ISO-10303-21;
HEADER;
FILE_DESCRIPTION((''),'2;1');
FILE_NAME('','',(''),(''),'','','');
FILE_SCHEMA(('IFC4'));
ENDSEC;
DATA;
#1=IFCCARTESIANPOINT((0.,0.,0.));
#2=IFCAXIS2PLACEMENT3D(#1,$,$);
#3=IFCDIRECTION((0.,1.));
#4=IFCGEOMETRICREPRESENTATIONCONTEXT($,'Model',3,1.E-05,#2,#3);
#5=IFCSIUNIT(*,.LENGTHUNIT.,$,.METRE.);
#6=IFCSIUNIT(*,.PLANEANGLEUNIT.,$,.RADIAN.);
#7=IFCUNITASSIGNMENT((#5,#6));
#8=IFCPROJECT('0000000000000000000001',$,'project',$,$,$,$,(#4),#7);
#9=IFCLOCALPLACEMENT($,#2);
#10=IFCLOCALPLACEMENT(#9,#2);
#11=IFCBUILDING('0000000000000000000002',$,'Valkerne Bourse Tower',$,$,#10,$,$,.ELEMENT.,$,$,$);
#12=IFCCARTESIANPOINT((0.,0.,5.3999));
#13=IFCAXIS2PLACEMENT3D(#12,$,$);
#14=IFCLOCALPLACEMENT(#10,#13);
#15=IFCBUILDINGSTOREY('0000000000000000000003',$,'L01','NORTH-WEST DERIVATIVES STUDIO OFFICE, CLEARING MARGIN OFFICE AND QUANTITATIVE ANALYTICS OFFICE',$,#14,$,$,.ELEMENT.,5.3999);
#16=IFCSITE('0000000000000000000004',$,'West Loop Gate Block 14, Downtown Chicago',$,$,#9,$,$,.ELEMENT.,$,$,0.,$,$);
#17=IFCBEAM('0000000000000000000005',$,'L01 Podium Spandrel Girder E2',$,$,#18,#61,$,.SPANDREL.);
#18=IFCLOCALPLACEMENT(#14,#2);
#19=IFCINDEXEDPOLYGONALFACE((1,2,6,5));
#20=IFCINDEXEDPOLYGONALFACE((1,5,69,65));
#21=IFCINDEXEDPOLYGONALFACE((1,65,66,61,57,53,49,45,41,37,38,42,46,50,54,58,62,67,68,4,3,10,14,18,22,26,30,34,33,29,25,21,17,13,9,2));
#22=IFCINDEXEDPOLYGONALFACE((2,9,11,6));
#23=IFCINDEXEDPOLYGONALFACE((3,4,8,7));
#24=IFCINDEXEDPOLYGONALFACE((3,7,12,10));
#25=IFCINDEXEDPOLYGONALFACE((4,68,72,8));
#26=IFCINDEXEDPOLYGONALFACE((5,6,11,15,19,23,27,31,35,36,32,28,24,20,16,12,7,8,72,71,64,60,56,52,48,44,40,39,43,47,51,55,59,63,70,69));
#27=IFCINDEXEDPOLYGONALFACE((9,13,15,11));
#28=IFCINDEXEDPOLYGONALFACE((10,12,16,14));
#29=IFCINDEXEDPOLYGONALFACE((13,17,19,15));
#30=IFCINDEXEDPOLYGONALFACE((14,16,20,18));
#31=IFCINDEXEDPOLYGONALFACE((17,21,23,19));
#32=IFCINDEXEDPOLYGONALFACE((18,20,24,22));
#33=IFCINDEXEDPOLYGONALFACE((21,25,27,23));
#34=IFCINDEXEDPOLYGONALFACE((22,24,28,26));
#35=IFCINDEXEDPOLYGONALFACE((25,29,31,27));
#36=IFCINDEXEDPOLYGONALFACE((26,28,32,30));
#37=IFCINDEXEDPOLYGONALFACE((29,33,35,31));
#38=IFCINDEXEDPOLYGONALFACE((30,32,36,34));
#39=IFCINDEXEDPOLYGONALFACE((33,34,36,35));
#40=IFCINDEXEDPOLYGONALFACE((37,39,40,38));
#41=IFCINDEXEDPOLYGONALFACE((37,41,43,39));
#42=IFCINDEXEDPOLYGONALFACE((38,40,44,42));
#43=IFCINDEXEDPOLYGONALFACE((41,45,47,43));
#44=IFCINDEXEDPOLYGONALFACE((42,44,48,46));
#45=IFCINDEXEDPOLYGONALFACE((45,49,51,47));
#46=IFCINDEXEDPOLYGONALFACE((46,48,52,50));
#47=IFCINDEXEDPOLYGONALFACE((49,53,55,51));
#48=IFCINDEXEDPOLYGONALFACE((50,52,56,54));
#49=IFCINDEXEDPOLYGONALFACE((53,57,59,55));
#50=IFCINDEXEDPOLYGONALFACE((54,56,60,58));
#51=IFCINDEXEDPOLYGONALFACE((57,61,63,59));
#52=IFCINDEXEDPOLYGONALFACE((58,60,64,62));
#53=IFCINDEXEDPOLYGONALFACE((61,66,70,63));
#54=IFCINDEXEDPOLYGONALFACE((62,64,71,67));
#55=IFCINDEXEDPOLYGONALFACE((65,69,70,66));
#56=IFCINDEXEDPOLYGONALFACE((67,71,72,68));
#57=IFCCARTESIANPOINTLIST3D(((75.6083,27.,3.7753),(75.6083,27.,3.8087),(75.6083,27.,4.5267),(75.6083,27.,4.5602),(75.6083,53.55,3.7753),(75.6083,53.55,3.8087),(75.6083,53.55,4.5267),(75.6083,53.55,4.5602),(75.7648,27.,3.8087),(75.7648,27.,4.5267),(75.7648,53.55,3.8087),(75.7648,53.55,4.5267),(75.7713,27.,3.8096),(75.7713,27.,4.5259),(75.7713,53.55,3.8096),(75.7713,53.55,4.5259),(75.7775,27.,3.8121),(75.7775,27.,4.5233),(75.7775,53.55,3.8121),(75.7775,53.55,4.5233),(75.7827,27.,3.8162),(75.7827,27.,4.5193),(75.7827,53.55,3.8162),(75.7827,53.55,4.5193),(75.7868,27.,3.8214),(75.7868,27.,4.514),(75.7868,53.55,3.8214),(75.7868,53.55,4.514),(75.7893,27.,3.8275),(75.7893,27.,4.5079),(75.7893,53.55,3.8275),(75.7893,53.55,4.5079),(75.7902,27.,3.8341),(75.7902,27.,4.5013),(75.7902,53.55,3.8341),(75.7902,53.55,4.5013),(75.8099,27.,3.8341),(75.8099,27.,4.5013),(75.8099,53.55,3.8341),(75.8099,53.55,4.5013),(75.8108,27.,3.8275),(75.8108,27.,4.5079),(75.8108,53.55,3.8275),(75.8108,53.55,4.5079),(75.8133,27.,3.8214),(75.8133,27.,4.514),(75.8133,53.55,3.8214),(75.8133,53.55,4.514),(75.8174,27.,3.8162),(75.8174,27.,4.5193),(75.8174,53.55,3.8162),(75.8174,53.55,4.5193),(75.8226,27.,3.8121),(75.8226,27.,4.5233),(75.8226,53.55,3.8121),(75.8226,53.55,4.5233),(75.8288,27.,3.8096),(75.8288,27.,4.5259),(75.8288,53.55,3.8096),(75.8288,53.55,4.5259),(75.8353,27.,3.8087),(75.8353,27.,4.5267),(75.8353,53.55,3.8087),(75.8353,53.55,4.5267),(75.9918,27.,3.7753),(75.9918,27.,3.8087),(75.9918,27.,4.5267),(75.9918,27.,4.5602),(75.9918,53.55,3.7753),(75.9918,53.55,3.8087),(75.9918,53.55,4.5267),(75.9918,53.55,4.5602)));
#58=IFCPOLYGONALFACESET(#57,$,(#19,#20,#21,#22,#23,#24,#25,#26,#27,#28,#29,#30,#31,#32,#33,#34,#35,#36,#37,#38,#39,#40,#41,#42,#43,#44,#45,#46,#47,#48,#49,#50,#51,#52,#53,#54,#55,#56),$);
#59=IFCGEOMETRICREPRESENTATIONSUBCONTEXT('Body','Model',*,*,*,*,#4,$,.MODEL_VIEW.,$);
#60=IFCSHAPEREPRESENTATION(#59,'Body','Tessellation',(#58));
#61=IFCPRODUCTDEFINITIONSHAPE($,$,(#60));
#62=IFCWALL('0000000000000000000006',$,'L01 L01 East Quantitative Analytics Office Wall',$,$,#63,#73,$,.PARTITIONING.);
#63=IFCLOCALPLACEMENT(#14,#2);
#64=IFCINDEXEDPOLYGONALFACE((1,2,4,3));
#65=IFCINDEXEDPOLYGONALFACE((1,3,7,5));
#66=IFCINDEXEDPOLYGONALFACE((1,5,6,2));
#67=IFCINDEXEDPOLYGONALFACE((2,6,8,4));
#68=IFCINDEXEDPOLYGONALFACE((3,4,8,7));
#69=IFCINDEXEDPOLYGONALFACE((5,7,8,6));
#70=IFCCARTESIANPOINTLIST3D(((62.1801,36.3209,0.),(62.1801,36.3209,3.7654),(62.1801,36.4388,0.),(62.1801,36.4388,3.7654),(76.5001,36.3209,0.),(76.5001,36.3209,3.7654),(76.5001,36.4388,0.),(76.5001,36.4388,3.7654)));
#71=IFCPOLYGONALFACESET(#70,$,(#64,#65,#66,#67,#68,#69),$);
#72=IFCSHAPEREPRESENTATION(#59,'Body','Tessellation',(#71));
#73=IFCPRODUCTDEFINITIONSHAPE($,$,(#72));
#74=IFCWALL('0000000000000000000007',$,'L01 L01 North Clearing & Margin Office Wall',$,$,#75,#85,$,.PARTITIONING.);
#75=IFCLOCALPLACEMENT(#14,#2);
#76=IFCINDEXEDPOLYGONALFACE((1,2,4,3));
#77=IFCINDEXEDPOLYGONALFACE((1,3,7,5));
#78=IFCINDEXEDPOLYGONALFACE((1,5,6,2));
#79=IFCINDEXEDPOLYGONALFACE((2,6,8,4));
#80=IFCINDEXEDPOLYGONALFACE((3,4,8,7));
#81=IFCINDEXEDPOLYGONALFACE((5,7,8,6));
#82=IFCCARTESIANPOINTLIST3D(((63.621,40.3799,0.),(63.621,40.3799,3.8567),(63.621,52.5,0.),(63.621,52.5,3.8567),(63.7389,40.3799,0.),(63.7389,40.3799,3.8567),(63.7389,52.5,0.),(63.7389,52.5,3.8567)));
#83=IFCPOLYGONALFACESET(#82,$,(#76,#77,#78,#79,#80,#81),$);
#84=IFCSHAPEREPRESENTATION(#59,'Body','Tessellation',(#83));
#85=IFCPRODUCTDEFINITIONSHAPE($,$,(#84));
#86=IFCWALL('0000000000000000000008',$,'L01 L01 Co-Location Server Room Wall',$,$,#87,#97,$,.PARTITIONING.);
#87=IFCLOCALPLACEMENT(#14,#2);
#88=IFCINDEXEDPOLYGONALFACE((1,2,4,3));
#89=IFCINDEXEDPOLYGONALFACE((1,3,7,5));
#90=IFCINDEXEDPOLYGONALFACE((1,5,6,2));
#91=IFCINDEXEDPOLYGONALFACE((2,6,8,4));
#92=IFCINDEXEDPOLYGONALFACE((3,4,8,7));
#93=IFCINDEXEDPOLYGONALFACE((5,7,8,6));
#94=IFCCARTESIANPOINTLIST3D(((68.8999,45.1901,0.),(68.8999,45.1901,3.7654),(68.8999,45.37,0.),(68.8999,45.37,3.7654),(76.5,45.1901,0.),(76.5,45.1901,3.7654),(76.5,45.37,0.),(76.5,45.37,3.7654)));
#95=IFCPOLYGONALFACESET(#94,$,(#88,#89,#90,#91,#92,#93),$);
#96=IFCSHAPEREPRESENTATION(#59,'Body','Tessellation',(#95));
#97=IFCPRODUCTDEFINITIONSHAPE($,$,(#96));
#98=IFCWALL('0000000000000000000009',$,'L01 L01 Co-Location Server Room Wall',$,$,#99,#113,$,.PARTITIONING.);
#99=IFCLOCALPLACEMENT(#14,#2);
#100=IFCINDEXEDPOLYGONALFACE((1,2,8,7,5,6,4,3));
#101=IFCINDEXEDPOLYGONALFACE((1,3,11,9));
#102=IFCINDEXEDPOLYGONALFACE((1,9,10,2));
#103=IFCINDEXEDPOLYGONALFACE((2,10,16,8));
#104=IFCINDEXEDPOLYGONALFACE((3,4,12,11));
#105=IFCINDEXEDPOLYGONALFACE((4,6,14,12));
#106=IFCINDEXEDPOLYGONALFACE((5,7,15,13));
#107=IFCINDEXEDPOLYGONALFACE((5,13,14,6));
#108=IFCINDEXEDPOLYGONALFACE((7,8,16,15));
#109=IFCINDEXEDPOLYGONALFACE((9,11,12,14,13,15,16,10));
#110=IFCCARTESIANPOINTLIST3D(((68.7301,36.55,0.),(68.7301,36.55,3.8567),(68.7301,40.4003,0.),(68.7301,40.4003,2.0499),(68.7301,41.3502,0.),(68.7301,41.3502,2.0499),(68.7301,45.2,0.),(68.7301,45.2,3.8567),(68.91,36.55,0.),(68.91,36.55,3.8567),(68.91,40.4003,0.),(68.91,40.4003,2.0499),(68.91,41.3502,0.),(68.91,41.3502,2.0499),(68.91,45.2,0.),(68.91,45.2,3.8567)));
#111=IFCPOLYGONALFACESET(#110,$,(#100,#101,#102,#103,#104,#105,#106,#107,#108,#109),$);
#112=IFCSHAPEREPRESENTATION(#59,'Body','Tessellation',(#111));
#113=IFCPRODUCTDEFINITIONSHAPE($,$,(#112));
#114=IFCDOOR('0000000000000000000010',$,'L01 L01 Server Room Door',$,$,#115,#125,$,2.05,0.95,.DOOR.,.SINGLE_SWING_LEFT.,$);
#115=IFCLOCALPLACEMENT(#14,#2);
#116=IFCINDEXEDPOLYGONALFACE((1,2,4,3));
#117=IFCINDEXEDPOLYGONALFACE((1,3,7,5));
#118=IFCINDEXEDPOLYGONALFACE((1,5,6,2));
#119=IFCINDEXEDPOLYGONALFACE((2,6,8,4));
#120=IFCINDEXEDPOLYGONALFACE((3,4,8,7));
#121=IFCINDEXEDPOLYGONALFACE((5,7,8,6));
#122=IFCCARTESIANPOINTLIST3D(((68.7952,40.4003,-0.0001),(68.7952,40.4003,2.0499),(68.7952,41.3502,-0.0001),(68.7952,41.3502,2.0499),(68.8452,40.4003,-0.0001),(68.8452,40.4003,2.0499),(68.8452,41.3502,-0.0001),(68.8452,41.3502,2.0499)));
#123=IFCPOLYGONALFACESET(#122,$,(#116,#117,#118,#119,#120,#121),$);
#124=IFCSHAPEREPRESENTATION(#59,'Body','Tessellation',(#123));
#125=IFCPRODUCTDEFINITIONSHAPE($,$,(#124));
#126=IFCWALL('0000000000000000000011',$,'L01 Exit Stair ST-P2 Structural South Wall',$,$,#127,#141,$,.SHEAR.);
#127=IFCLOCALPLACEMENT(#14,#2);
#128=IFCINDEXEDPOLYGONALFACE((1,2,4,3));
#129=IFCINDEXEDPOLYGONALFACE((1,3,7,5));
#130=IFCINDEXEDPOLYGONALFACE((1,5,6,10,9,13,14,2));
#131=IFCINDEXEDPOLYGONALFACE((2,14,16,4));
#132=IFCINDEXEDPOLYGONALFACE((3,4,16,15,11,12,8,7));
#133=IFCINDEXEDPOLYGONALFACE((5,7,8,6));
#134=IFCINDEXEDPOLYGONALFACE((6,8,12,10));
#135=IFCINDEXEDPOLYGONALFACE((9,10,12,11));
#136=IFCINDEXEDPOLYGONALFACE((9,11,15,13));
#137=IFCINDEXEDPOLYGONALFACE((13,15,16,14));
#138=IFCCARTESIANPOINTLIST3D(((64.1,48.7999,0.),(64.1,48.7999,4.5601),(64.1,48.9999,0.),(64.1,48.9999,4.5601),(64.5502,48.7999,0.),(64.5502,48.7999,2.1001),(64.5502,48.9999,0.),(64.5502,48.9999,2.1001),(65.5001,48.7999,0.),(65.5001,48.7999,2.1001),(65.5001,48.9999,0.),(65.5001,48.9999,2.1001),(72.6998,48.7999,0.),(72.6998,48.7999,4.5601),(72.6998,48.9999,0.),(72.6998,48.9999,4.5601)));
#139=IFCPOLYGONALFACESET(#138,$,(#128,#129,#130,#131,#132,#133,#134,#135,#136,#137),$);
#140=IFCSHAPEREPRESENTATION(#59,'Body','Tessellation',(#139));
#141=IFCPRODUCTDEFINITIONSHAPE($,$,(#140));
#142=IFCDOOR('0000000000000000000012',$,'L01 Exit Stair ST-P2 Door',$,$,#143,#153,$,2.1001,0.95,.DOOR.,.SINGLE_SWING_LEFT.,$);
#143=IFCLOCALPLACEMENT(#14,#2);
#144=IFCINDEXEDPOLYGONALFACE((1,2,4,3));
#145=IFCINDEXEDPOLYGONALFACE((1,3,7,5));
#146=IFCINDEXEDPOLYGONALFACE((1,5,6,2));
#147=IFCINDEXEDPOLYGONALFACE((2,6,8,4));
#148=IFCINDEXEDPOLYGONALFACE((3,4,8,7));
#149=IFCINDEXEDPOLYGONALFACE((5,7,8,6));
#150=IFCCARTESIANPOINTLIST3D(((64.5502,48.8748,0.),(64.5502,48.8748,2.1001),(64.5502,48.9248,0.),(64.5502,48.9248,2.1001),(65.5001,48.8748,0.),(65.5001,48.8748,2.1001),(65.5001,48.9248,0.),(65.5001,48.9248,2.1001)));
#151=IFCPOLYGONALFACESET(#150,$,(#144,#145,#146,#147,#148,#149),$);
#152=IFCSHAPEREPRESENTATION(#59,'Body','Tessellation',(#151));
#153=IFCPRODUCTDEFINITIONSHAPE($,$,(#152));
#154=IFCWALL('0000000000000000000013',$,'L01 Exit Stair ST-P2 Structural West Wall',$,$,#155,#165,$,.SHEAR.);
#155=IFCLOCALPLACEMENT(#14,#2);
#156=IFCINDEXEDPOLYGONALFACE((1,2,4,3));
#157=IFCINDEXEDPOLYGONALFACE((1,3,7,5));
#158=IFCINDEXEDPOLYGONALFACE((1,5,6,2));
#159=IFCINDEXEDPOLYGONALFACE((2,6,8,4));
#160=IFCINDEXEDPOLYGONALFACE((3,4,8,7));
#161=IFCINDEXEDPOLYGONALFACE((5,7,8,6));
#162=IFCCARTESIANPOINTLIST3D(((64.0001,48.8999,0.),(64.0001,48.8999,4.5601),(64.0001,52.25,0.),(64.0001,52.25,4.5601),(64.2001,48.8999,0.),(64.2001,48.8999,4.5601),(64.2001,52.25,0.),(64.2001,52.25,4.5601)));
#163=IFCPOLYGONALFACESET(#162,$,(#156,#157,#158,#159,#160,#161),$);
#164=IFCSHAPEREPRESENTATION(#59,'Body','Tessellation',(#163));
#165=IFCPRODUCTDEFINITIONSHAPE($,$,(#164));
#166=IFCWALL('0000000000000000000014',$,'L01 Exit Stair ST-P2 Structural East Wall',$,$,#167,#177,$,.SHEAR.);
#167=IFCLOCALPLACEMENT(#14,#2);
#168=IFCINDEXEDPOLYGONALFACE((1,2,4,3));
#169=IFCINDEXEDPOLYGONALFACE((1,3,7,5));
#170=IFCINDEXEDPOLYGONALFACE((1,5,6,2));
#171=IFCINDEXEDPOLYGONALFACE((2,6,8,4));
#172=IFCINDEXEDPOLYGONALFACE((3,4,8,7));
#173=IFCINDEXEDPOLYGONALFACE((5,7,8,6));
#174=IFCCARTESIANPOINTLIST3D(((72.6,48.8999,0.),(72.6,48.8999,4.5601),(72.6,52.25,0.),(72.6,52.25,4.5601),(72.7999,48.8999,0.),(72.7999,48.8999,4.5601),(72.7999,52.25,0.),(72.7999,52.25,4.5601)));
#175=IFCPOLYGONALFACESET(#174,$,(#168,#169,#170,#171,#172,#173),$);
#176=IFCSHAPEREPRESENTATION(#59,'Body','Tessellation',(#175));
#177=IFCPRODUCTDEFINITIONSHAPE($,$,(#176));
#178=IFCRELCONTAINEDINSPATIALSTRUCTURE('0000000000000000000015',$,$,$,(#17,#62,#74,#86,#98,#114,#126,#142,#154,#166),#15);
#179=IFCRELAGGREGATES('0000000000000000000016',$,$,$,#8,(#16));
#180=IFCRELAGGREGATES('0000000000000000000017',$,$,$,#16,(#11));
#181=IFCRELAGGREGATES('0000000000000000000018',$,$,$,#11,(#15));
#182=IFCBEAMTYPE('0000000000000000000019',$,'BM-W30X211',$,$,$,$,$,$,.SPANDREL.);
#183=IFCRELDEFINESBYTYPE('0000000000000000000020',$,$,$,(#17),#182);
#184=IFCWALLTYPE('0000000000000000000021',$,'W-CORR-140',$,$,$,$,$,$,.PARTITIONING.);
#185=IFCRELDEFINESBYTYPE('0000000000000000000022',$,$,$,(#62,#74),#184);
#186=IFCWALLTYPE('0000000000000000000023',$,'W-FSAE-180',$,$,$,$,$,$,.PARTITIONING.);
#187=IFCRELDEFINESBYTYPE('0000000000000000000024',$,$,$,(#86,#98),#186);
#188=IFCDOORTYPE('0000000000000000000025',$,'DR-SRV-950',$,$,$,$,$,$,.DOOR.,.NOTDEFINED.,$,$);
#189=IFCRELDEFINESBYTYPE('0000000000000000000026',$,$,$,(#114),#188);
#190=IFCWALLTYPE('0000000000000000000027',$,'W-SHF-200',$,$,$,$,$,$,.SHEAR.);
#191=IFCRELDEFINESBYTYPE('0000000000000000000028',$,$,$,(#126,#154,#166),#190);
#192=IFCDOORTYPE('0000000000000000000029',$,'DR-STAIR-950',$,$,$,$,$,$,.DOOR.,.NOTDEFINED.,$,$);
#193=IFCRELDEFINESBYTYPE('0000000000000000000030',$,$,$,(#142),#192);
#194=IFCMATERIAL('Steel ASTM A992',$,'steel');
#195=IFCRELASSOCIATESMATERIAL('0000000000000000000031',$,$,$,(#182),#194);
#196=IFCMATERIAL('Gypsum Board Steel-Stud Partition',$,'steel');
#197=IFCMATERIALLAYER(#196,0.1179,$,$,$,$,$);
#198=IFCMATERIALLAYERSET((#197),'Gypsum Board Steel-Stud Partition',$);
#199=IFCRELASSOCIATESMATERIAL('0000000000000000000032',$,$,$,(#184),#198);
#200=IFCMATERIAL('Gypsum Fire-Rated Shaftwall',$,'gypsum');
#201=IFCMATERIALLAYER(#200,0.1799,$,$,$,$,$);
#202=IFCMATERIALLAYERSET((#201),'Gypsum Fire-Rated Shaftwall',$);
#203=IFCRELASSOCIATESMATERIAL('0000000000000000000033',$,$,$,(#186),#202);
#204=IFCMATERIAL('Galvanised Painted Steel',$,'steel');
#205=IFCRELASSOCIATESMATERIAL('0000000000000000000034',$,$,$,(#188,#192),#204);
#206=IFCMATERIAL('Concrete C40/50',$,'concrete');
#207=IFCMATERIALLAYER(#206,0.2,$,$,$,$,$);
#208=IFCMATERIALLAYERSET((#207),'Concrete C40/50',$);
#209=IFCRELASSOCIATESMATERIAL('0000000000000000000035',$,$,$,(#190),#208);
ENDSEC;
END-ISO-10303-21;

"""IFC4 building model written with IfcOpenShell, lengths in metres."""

from ifc_helpers import new_model, si_unit, direction, frame, frame_2d, origin, origin_2d, place, context, subcontext, project, spatial, rectangle, i_section, extrude, material, layer, layer_set, material_profile, profile_set, type_object, element, fill, save


model = new_model("IFC4")

# Units and contexts
model_context = context("Model", 3, precision=1e-05, world=origin(), true_north=direction((0.0, 1.0)))
body_context = subcontext(model_context, "Body", "Model", "MODEL_VIEW")
ifc_project = project(units=[si_unit("LENGTHUNIT", "METRE"), si_unit("PLANEANGLEUNIT", "RADIAN")], contexts=[model_context])

# Site, building, storey
site_placement = place(None, origin())
site = spatial("IfcSite", under=ifc_project, at=site_placement, Name="West Loop Gate Block 14, Downtown Chicago", CompositionType="ELEMENT", RefElevation=0.0)
building_placement = place(site_placement, origin())
building = spatial("IfcBuilding", under=site, at=building_placement, Name="Valkerne Bourse Tower", CompositionType="ELEMENT")
storey_placement = place(building_placement, frame((0.0, 0.0, 5.3999)))
storey = spatial("IfcBuildingStorey", under=building, at=storey_placement, Name="L01", Description="NORTH-WEST DERIVATIVES STUDIO OFFICE, CLEARING MARGIN OFFICE AND QUANTITATIVE ANALYTICS OFFICE", CompositionType="ELEMENT", Elevation=5.3999)

# Beam
ifc_material_1 = material(Name="Steel ASTM A992", Category="steel")
ifc_material_profile_1 = material_profile(ifc_material_1, i_section(OverallWidth=0.3835, OverallDepth=0.7849, WebThickness=0.0198, FlangeThickness=0.0334, FilletRadius=0.0254, at=origin_2d()), Name="W30X211")
ifc_profile_set_1 = profile_set([ifc_material_profile_1], Name="Steel ASTM A992")
beam_type_1 = type_object("IfcBeamType", Name="BM-W30X211", PredefinedType="SPANDREL", material=ifc_profile_set_1)
beam_1_placement = place(storey_placement, frame((75.8, 27.0, 4.1677), z_axis=(0.0, 1.0, 0.0), x_axis=(-1.0, 0.0, 0.0)))
element("IfcBeam", 1, at=beam_1_placement, inside=storey, type_object=beam_type_1, Name="L01 Podium Spandrel Girder E2", PredefinedType="SPANDREL", context=body_context, shape_type="SweptSolid", body=[
    extrude(i_section(OverallWidth=0.3835, OverallDepth=0.7849, WebThickness=0.0198, FlangeThickness=0.0334, FilletRadius=0.0254, at=origin_2d()), origin(), (0.0, 0.0, 1.0), 26.55),
])

# Walls
ifc_material_2 = material(Name="Gypsum Board Steel-Stud Partition", Category="steel")
ifc_layer_1 = layer(ifc_material_2, 0.1179)
ifc_layer_set_1 = layer_set([ifc_layer_1], Name="Gypsum Board Steel-Stud Partition")
wall_type_1 = type_object("IfcWallType", Name="W-CORR-140", PredefinedType="PARTITIONING", material=ifc_layer_set_1)
wall_1_placement = place(storey_placement, frame((62.1799, 36.3799, 0.0), z_axis=(0.0, 0.0, 1.0), x_axis=(1.0, 0.0, 0.0)))
element("IfcWall", 2, at=wall_1_placement, inside=storey, type_object=wall_type_1, Name="L01 L01 East Quantitative Analytics Office Wall", PredefinedType="PARTITIONING", context=body_context, shape_type="SweptSolid", body=[
    extrude(rectangle(XDim=14.3201, YDim=0.1179, at=frame_2d((7.1602, 0.0))), origin(), (0.0, 0.0, 1.0), 3.7654),
])
wall_2_placement = place(storey_placement, frame((63.6799, 40.3799, 0.0), z_axis=(0.0, 0.0, 1.0), x_axis=(0.0, 1.0, 0.0)))
element("IfcWall", 3, at=wall_2_placement, inside=storey, type_object=wall_type_1, Name="L01 L01 North Clearing & Margin Office Wall", PredefinedType="PARTITIONING", context=body_context, shape_type="SweptSolid", body=[
    extrude(rectangle(XDim=12.1201, YDim=0.1179, at=frame_2d((6.0601, 0.0))), origin(), (0.0, 0.0, 1.0), 3.8567),
])
ifc_material_3 = material(Name="Gypsum Fire-Rated Shaftwall", Category="gypsum")
ifc_layer_2 = layer(ifc_material_3, 0.1799)
ifc_layer_set_2 = layer_set([ifc_layer_2], Name="Gypsum Fire-Rated Shaftwall")
wall_type_2 = type_object("IfcWallType", Name="W-FSAE-180", PredefinedType="PARTITIONING", material=ifc_layer_set_2)
wall_3_placement = place(storey_placement, frame((68.8999, 45.28, 0.0), z_axis=(0.0, 0.0, 1.0), x_axis=(1.0, 0.0, 0.0)))
element("IfcWall", 4, at=wall_3_placement, inside=storey, type_object=wall_type_2, Name="L01 L01 Co-Location Server Room Wall", PredefinedType="PARTITIONING", context=body_context, shape_type="SweptSolid", body=[
    extrude(rectangle(XDim=7.6001, YDim=0.1799, at=frame_2d((3.8, 0.0))), origin(), (0.0, 0.0, 1.0), 3.7654),
])

# Walls, openings, doors
wall_4_placement = place(storey_placement, frame((68.8201, 36.55, 0.0), z_axis=(0.0, 0.0, 1.0), x_axis=(0.0, 1.0, 0.0)))
wall_4 = element("IfcWall", 5, at=wall_4_placement, inside=storey, type_object=wall_type_2, Name="L01 L01 Co-Location Server Room Wall", PredefinedType="PARTITIONING", context=body_context, shape_type="SweptSolid", body=[
    extrude(rectangle(XDim=8.6499, YDim=0.1799, at=frame_2d((4.325, 0.0))), origin(), (0.0, 0.0, 1.0), 3.8567),
])
opening_1_placement = place(wall_4_placement, frame((3.8501, 0.0, 0.0)))
opening_1 = element("IfcOpeningElement", 6, at=opening_1_placement, cuts=wall_4, PredefinedType="OPENING", context=body_context, shape_type="SweptSolid", body=[
    extrude(rectangle(XDim=0.95, YDim=2.05, at=frame_2d((0.4751, 1.0249))), frame((0.0, 0.0999, 0.0), z_axis=(0.0, -1.0, 0.0), x_axis=(1.0, 0.0, 0.0)), (0.0, 0.0, 1.0), 0.2),
])
ifc_material_4 = material(Name="Galvanised Painted Steel", Category="steel")
door_type_1 = type_object("IfcDoorType", Name="DR-SRV-950", OperationType="NOTDEFINED", PredefinedType="DOOR", material=ifc_material_4)
door_1_placement = place(opening_1_placement, origin())
door_1 = element("IfcDoor", 7, at=door_1_placement, inside=storey, type_object=door_type_1, Name="L01 L01 Server Room Door", OperationType="SINGLE_SWING_LEFT", OverallHeight=2.05, OverallWidth=0.95, PredefinedType="DOOR", context=body_context, shape_type="SweptSolid", body=[
    extrude(rectangle(XDim=0.95, YDim=2.05, at=frame_2d((0.4751, 1.0249))), frame((0.0, 0.0249, 0.0), z_axis=(0.0, -1.0, 0.0), x_axis=(1.0, 0.0, 0.0)), (0.0, 0.0, 1.0), 0.05),
])
fill(opening_1, door_1)
ifc_material_5 = material(Name="Concrete C40/50", Category="concrete")
ifc_layer_3 = layer(ifc_material_5, 0.2)
ifc_layer_set_3 = layer_set([ifc_layer_3], Name="Concrete C40/50")
wall_type_3 = type_object("IfcWallType", Name="W-SHF-200", PredefinedType="SHEAR", material=ifc_layer_set_3)
wall_5_placement = place(storey_placement, frame((64.1001, 48.8999, 0.0), z_axis=(0.0, 0.0, 1.0), x_axis=(1.0, 0.0, 0.0)))
wall_5 = element("IfcWall", 8, at=wall_5_placement, inside=storey, type_object=wall_type_3, Name="L01 Exit Stair ST-P2 Structural South Wall", PredefinedType="SHEAR", context=body_context, shape_type="SweptSolid", body=[
    extrude(rectangle(XDim=8.5999, YDim=0.2, at=frame_2d((4.2998, 0.0))), origin(), (0.0, 0.0, 1.0), 4.5601),
])
opening_2_placement = place(wall_5_placement, frame((0.45, 0.0, 0.0)))
opening_2 = element("IfcOpeningElement", 9, at=opening_2_placement, cuts=wall_5, PredefinedType="OPENING", context=body_context, shape_type="SweptSolid", body=[
    extrude(rectangle(XDim=0.95, YDim=2.1001, at=frame_2d((0.4751, 1.05))), frame((0.0, 0.1099, 0.0), z_axis=(0.0, -1.0, 0.0), x_axis=(1.0, 0.0, 0.0)), (0.0, 0.0, 1.0), 0.22),
])
door_type_2 = type_object("IfcDoorType", Name="DR-STAIR-950", OperationType="NOTDEFINED", PredefinedType="DOOR", material=ifc_material_4)
door_2_placement = place(opening_2_placement, origin())
door_2 = element("IfcDoor", 10, at=door_2_placement, inside=storey, type_object=door_type_2, Name="L01 Exit Stair ST-P2 Door", OperationType="SINGLE_SWING_LEFT", OverallHeight=2.1001, OverallWidth=0.95, PredefinedType="DOOR", context=body_context, shape_type="SweptSolid", body=[
    extrude(rectangle(XDim=0.95, YDim=2.1001, at=frame_2d((0.4751, 1.05))), frame((0.0, 0.0249, 0.0), z_axis=(0.0, -1.0, 0.0), x_axis=(1.0, 0.0, 0.0)), (0.0, 0.0, 1.0), 0.05),
])
fill(opening_2, door_2)

# Walls
for number, where, z_axis, x_axis, name in (
    (11, (64.1001, 48.8999, 0.0), (0.0, 0.0, 1.0), (0.0, 1.0, 0.0), "L01 Exit Stair ST-P2 Structural West Wall"),
    (12, (72.7, 48.8999, 0.0), (0.0, 0.0, 1.0), (0.0, 1.0, 0.0), "L01 Exit Stair ST-P2 Structural East Wall"),
):
    element("IfcWall", number, at=place(storey_placement, frame(where, z_axis=z_axis, x_axis=x_axis)), inside=storey, type_object=wall_type_3, Name=name, PredefinedType="SHEAR", context=body_context, shape_type="SweptSolid", body=[
        extrude(rectangle(XDim=3.3501, YDim=0.2, at=frame_2d((1.675, 0.0))), origin(), (0.0, 0.0, 1.0), 4.5601),
    ])

save(model, "model.ifc")
